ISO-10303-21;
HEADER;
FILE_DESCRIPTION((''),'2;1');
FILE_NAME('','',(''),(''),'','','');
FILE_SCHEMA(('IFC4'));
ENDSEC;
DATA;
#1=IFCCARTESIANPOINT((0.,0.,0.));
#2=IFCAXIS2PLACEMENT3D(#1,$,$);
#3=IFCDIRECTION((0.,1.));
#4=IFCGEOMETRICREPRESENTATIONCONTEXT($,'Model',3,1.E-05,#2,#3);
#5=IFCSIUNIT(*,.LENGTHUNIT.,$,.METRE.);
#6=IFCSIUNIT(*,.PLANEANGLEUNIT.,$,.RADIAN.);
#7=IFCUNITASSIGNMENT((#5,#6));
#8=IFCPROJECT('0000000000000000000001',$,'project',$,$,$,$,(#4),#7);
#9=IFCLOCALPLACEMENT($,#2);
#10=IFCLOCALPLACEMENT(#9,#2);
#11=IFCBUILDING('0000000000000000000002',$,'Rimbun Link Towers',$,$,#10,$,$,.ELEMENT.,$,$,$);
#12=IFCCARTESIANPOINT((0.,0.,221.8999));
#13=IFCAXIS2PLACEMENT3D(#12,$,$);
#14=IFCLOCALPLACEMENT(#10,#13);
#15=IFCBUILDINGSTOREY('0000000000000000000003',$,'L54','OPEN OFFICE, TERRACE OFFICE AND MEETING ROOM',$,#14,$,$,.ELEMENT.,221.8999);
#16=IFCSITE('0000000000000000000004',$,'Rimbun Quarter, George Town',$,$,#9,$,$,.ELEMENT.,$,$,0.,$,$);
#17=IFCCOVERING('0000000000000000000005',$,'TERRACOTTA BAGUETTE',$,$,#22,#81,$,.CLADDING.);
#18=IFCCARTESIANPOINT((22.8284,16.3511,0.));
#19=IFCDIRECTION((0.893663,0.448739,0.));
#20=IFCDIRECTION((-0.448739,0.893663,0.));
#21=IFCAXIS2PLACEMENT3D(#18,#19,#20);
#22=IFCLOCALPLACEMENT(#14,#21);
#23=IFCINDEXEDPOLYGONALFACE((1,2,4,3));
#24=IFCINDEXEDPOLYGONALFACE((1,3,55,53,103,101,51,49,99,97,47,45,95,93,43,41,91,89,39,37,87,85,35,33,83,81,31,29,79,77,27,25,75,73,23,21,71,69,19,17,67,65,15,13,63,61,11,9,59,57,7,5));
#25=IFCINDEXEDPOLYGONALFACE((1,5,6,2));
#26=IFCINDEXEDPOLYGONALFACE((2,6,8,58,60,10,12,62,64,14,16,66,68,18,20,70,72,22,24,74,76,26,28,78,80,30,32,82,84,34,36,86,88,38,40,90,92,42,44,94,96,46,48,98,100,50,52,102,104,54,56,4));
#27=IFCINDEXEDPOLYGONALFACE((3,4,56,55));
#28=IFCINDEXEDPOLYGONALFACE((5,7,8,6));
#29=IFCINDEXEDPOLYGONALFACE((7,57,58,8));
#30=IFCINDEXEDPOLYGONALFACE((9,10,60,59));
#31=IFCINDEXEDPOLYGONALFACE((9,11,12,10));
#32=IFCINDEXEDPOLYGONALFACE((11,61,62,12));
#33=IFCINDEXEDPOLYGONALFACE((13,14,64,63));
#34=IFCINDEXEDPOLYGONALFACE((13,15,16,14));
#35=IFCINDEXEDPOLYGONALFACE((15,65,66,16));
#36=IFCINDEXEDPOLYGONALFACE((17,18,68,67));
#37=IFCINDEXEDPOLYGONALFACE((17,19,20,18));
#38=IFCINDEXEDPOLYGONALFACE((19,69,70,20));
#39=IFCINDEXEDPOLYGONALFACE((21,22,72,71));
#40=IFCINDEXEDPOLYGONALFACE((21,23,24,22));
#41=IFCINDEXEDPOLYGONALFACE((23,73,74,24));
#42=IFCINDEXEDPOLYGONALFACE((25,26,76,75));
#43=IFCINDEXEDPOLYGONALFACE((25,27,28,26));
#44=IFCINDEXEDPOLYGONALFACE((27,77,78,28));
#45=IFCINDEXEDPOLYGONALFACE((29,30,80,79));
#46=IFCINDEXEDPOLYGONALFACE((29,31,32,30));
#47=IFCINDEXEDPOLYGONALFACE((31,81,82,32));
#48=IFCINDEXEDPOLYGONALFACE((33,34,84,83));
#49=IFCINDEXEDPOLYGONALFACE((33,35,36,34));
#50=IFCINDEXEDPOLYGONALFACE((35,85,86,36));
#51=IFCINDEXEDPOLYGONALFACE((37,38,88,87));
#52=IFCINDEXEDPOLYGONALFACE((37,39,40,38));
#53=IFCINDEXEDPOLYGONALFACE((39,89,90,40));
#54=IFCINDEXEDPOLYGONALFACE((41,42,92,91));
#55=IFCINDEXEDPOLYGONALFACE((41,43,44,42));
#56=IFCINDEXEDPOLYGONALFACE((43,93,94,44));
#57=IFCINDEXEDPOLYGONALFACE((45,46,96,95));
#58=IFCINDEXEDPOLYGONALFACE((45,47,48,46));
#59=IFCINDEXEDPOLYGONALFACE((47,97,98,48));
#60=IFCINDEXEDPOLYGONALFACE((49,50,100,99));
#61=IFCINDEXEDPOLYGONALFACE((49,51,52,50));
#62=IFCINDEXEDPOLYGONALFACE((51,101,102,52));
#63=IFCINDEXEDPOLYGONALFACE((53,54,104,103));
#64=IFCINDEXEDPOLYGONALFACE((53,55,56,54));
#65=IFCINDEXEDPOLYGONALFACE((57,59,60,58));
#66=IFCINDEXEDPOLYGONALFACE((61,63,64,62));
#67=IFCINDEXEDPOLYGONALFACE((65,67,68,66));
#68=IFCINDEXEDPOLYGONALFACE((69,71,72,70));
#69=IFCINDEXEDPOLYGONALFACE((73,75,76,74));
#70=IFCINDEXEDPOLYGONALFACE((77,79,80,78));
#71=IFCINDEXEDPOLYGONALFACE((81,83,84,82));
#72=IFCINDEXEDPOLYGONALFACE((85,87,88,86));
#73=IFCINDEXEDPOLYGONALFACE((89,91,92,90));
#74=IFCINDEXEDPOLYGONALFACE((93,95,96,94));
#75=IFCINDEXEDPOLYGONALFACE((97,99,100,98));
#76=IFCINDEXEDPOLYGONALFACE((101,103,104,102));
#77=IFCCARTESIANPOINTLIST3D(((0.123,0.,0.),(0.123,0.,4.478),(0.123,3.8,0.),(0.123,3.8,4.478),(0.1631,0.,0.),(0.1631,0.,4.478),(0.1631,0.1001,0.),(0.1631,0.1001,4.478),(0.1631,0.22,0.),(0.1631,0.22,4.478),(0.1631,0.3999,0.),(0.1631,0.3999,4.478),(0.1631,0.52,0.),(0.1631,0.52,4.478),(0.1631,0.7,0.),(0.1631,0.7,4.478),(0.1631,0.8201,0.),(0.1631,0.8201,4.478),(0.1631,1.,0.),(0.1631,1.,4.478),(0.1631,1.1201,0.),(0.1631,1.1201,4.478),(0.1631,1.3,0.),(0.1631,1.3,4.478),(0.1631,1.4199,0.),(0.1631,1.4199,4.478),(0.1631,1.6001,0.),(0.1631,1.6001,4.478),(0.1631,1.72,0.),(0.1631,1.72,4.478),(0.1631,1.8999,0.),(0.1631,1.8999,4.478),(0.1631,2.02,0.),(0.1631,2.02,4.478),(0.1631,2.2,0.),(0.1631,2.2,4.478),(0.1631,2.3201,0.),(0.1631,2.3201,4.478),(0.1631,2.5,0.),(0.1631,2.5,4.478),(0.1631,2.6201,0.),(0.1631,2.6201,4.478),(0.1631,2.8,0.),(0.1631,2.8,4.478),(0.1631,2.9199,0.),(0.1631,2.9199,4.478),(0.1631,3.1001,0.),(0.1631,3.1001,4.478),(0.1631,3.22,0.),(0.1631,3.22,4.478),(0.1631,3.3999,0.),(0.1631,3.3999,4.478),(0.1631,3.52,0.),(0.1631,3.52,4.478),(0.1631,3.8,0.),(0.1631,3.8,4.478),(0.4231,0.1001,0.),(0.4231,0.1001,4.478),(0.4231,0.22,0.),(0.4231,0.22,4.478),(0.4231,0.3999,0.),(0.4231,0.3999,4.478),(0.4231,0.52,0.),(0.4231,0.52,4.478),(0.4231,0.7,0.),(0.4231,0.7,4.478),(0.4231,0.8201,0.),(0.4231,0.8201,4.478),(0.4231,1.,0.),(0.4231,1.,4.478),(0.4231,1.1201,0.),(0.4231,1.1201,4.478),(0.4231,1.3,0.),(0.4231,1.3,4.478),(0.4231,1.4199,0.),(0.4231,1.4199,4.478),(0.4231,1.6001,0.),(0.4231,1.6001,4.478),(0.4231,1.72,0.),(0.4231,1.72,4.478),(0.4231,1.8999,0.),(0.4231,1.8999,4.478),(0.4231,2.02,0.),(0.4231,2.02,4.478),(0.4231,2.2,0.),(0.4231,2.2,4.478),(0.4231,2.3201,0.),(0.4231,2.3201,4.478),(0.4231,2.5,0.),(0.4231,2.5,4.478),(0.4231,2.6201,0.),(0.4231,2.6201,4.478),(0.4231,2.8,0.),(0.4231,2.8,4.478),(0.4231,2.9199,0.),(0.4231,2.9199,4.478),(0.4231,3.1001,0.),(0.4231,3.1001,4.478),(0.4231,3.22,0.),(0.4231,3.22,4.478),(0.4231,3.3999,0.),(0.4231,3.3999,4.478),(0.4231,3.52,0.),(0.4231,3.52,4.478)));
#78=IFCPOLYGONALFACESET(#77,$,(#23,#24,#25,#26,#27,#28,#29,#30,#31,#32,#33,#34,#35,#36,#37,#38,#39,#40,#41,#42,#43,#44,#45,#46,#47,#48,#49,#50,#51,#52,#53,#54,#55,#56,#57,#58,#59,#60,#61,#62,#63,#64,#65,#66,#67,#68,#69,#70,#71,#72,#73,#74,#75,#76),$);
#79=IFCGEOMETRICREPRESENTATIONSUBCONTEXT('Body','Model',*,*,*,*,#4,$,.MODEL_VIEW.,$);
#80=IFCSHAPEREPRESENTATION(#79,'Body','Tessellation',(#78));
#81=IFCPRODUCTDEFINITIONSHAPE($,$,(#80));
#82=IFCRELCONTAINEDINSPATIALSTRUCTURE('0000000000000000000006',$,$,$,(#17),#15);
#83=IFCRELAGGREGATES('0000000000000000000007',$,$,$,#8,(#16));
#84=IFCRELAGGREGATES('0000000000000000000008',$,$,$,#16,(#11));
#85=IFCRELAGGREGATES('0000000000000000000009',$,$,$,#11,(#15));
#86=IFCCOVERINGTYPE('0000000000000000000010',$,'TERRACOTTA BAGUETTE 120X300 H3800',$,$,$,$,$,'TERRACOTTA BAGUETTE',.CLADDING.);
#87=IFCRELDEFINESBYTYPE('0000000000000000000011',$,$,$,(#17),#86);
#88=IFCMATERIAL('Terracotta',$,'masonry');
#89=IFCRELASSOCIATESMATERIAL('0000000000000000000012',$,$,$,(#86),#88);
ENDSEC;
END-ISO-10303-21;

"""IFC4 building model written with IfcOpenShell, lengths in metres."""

from ifc_helpers import new_model, si_unit, direction, frame, origin, place, context, subcontext, project, spatial, polyline, outline, extrude, material, material_profile, profile_set, type_object, element, save


model = new_model("IFC4")

# Units and contexts
model_context = context("Model", 3, precision=1e-05, world=origin(), true_north=direction((0.0, 1.0)))
body_context = subcontext(model_context, "Body", "Model", "MODEL_VIEW")
ifc_project = project(units=[si_unit("LENGTHUNIT", "METRE"), si_unit("PLANEANGLEUNIT", "RADIAN")], contexts=[model_context])

# Site, building, storey
site_placement = place(None, origin())
site = spatial("IfcSite", under=ifc_project, at=site_placement, Name="Rimbun Quarter, George Town", CompositionType="ELEMENT", RefElevation=0.0)
building_placement = place(site_placement, origin())
building = spatial("IfcBuilding", under=site, at=building_placement, Name="Rimbun Link Towers", CompositionType="ELEMENT")
storey_placement = place(building_placement, frame((0.0, 0.0, 221.8999)))
storey = spatial("IfcBuildingStorey", under=building, at=storey_placement, Name="L54", Description="OPEN OFFICE, TERRACE OFFICE AND MEETING ROOM", CompositionType="ELEMENT", Elevation=221.8999)

# Covering
ifc_material_1 = material(Name="Terracotta", Category="masonry")
ifc_material_profile_1 = material_profile(ifc_material_1, outline(polyline([(0.123, 0.0), (0.1631, 0.0), (0.1631, 0.1001), (0.4231, 0.1001), (0.4231, 0.22), (0.1631, 0.22), (0.1631, 0.3999), (0.4231, 0.3999), (0.4231, 0.52), (0.1631, 0.52), (0.1631, 0.7), (0.4231, 0.7), (0.4231, 0.8201), (0.1631, 0.8201), (0.1631, 1.0), (0.4231, 1.0), (0.4231, 1.1201), (0.1631, 1.1201), (0.1631, 1.3), (0.4231, 1.3), (0.4231, 1.4199), (0.1631, 1.4199), (0.1631, 1.6001), (0.4231, 1.6001), (0.4231, 1.72), (0.1631, 1.72), (0.1631, 1.8999), (0.4231, 1.8999), (0.4231, 2.02), (0.1631, 2.02), (0.1631, 2.2), (0.4231, 2.2), (0.4231, 2.3201), (0.1631, 2.3201), (0.1631, 2.5), (0.4231, 2.5), (0.4231, 2.6201), (0.1631, 2.6201), (0.1631, 2.8), (0.4231, 2.8), (0.4231, 2.9199), (0.1631, 2.9199), (0.1631, 3.1001), (0.4231, 3.1001), (0.4231, 3.22), (0.1631, 3.22), (0.1631, 3.3999), (0.4231, 3.3999), (0.4231, 3.52), (0.1631, 3.52), (0.1631, 3.8), (0.123, 3.8), (0.123, 0.0)])), Name="BAGUETTE 120X300")
ifc_profile_set_1 = profile_set([ifc_material_profile_1], Name="Terracotta")
covering_type = type_object("IfcCoveringType", Name="TERRACOTTA BAGUETTE 120X300 H3800", ElementType="TERRACOTTA BAGUETTE", PredefinedType="CLADDING", material=ifc_profile_set_1)
covering_1_placement = place(storey_placement, frame((22.8284, 16.3511, 0.0), z_axis=(0.893663, 0.448739, 0.0), x_axis=(-0.448739, 0.893663, 0.0)))
element("IfcCovering", 1, at=covering_1_placement, inside=storey, type_object=covering_type, Name="TERRACOTTA BAGUETTE", PredefinedType="CLADDING", context=body_context, shape_type="SweptSolid", body=[
    extrude(outline(polyline([(0.123, 0.0), (0.1631, 0.0), (0.1631, 0.1001), (0.4231, 0.1001), (0.4231, 0.22), (0.1631, 0.22), (0.1631, 0.3999), (0.4231, 0.3999), (0.4231, 0.52), (0.1631, 0.52), (0.1631, 0.7), (0.4231, 0.7), (0.4231, 0.8201), (0.1631, 0.8201), (0.1631, 1.0), (0.4231, 1.0), (0.4231, 1.1201), (0.1631, 1.1201), (0.1631, 1.3), (0.4231, 1.3), (0.4231, 1.4199), (0.1631, 1.4199), (0.1631, 1.6001), (0.4231, 1.6001), (0.4231, 1.72), (0.1631, 1.72), (0.1631, 1.8999), (0.4231, 1.8999), (0.4231, 2.02), (0.1631, 2.02), (0.1631, 2.2), (0.4231, 2.2), (0.4231, 2.3201), (0.1631, 2.3201), (0.1631, 2.5), (0.4231, 2.5), (0.4231, 2.6201), (0.1631, 2.6201), (0.1631, 2.8), (0.4231, 2.8), (0.4231, 2.9199), (0.1631, 2.9199), (0.1631, 3.1001), (0.4231, 3.1001), (0.4231, 3.22), (0.1631, 3.22), (0.1631, 3.3999), (0.4231, 3.3999), (0.4231, 3.52), (0.1631, 3.52), (0.1631, 3.8), (0.123, 3.8), (0.123, 0.0)])), origin(), (0.0, 0.0, 1.0), 4.478),
])

save(model, "model.ifc")
